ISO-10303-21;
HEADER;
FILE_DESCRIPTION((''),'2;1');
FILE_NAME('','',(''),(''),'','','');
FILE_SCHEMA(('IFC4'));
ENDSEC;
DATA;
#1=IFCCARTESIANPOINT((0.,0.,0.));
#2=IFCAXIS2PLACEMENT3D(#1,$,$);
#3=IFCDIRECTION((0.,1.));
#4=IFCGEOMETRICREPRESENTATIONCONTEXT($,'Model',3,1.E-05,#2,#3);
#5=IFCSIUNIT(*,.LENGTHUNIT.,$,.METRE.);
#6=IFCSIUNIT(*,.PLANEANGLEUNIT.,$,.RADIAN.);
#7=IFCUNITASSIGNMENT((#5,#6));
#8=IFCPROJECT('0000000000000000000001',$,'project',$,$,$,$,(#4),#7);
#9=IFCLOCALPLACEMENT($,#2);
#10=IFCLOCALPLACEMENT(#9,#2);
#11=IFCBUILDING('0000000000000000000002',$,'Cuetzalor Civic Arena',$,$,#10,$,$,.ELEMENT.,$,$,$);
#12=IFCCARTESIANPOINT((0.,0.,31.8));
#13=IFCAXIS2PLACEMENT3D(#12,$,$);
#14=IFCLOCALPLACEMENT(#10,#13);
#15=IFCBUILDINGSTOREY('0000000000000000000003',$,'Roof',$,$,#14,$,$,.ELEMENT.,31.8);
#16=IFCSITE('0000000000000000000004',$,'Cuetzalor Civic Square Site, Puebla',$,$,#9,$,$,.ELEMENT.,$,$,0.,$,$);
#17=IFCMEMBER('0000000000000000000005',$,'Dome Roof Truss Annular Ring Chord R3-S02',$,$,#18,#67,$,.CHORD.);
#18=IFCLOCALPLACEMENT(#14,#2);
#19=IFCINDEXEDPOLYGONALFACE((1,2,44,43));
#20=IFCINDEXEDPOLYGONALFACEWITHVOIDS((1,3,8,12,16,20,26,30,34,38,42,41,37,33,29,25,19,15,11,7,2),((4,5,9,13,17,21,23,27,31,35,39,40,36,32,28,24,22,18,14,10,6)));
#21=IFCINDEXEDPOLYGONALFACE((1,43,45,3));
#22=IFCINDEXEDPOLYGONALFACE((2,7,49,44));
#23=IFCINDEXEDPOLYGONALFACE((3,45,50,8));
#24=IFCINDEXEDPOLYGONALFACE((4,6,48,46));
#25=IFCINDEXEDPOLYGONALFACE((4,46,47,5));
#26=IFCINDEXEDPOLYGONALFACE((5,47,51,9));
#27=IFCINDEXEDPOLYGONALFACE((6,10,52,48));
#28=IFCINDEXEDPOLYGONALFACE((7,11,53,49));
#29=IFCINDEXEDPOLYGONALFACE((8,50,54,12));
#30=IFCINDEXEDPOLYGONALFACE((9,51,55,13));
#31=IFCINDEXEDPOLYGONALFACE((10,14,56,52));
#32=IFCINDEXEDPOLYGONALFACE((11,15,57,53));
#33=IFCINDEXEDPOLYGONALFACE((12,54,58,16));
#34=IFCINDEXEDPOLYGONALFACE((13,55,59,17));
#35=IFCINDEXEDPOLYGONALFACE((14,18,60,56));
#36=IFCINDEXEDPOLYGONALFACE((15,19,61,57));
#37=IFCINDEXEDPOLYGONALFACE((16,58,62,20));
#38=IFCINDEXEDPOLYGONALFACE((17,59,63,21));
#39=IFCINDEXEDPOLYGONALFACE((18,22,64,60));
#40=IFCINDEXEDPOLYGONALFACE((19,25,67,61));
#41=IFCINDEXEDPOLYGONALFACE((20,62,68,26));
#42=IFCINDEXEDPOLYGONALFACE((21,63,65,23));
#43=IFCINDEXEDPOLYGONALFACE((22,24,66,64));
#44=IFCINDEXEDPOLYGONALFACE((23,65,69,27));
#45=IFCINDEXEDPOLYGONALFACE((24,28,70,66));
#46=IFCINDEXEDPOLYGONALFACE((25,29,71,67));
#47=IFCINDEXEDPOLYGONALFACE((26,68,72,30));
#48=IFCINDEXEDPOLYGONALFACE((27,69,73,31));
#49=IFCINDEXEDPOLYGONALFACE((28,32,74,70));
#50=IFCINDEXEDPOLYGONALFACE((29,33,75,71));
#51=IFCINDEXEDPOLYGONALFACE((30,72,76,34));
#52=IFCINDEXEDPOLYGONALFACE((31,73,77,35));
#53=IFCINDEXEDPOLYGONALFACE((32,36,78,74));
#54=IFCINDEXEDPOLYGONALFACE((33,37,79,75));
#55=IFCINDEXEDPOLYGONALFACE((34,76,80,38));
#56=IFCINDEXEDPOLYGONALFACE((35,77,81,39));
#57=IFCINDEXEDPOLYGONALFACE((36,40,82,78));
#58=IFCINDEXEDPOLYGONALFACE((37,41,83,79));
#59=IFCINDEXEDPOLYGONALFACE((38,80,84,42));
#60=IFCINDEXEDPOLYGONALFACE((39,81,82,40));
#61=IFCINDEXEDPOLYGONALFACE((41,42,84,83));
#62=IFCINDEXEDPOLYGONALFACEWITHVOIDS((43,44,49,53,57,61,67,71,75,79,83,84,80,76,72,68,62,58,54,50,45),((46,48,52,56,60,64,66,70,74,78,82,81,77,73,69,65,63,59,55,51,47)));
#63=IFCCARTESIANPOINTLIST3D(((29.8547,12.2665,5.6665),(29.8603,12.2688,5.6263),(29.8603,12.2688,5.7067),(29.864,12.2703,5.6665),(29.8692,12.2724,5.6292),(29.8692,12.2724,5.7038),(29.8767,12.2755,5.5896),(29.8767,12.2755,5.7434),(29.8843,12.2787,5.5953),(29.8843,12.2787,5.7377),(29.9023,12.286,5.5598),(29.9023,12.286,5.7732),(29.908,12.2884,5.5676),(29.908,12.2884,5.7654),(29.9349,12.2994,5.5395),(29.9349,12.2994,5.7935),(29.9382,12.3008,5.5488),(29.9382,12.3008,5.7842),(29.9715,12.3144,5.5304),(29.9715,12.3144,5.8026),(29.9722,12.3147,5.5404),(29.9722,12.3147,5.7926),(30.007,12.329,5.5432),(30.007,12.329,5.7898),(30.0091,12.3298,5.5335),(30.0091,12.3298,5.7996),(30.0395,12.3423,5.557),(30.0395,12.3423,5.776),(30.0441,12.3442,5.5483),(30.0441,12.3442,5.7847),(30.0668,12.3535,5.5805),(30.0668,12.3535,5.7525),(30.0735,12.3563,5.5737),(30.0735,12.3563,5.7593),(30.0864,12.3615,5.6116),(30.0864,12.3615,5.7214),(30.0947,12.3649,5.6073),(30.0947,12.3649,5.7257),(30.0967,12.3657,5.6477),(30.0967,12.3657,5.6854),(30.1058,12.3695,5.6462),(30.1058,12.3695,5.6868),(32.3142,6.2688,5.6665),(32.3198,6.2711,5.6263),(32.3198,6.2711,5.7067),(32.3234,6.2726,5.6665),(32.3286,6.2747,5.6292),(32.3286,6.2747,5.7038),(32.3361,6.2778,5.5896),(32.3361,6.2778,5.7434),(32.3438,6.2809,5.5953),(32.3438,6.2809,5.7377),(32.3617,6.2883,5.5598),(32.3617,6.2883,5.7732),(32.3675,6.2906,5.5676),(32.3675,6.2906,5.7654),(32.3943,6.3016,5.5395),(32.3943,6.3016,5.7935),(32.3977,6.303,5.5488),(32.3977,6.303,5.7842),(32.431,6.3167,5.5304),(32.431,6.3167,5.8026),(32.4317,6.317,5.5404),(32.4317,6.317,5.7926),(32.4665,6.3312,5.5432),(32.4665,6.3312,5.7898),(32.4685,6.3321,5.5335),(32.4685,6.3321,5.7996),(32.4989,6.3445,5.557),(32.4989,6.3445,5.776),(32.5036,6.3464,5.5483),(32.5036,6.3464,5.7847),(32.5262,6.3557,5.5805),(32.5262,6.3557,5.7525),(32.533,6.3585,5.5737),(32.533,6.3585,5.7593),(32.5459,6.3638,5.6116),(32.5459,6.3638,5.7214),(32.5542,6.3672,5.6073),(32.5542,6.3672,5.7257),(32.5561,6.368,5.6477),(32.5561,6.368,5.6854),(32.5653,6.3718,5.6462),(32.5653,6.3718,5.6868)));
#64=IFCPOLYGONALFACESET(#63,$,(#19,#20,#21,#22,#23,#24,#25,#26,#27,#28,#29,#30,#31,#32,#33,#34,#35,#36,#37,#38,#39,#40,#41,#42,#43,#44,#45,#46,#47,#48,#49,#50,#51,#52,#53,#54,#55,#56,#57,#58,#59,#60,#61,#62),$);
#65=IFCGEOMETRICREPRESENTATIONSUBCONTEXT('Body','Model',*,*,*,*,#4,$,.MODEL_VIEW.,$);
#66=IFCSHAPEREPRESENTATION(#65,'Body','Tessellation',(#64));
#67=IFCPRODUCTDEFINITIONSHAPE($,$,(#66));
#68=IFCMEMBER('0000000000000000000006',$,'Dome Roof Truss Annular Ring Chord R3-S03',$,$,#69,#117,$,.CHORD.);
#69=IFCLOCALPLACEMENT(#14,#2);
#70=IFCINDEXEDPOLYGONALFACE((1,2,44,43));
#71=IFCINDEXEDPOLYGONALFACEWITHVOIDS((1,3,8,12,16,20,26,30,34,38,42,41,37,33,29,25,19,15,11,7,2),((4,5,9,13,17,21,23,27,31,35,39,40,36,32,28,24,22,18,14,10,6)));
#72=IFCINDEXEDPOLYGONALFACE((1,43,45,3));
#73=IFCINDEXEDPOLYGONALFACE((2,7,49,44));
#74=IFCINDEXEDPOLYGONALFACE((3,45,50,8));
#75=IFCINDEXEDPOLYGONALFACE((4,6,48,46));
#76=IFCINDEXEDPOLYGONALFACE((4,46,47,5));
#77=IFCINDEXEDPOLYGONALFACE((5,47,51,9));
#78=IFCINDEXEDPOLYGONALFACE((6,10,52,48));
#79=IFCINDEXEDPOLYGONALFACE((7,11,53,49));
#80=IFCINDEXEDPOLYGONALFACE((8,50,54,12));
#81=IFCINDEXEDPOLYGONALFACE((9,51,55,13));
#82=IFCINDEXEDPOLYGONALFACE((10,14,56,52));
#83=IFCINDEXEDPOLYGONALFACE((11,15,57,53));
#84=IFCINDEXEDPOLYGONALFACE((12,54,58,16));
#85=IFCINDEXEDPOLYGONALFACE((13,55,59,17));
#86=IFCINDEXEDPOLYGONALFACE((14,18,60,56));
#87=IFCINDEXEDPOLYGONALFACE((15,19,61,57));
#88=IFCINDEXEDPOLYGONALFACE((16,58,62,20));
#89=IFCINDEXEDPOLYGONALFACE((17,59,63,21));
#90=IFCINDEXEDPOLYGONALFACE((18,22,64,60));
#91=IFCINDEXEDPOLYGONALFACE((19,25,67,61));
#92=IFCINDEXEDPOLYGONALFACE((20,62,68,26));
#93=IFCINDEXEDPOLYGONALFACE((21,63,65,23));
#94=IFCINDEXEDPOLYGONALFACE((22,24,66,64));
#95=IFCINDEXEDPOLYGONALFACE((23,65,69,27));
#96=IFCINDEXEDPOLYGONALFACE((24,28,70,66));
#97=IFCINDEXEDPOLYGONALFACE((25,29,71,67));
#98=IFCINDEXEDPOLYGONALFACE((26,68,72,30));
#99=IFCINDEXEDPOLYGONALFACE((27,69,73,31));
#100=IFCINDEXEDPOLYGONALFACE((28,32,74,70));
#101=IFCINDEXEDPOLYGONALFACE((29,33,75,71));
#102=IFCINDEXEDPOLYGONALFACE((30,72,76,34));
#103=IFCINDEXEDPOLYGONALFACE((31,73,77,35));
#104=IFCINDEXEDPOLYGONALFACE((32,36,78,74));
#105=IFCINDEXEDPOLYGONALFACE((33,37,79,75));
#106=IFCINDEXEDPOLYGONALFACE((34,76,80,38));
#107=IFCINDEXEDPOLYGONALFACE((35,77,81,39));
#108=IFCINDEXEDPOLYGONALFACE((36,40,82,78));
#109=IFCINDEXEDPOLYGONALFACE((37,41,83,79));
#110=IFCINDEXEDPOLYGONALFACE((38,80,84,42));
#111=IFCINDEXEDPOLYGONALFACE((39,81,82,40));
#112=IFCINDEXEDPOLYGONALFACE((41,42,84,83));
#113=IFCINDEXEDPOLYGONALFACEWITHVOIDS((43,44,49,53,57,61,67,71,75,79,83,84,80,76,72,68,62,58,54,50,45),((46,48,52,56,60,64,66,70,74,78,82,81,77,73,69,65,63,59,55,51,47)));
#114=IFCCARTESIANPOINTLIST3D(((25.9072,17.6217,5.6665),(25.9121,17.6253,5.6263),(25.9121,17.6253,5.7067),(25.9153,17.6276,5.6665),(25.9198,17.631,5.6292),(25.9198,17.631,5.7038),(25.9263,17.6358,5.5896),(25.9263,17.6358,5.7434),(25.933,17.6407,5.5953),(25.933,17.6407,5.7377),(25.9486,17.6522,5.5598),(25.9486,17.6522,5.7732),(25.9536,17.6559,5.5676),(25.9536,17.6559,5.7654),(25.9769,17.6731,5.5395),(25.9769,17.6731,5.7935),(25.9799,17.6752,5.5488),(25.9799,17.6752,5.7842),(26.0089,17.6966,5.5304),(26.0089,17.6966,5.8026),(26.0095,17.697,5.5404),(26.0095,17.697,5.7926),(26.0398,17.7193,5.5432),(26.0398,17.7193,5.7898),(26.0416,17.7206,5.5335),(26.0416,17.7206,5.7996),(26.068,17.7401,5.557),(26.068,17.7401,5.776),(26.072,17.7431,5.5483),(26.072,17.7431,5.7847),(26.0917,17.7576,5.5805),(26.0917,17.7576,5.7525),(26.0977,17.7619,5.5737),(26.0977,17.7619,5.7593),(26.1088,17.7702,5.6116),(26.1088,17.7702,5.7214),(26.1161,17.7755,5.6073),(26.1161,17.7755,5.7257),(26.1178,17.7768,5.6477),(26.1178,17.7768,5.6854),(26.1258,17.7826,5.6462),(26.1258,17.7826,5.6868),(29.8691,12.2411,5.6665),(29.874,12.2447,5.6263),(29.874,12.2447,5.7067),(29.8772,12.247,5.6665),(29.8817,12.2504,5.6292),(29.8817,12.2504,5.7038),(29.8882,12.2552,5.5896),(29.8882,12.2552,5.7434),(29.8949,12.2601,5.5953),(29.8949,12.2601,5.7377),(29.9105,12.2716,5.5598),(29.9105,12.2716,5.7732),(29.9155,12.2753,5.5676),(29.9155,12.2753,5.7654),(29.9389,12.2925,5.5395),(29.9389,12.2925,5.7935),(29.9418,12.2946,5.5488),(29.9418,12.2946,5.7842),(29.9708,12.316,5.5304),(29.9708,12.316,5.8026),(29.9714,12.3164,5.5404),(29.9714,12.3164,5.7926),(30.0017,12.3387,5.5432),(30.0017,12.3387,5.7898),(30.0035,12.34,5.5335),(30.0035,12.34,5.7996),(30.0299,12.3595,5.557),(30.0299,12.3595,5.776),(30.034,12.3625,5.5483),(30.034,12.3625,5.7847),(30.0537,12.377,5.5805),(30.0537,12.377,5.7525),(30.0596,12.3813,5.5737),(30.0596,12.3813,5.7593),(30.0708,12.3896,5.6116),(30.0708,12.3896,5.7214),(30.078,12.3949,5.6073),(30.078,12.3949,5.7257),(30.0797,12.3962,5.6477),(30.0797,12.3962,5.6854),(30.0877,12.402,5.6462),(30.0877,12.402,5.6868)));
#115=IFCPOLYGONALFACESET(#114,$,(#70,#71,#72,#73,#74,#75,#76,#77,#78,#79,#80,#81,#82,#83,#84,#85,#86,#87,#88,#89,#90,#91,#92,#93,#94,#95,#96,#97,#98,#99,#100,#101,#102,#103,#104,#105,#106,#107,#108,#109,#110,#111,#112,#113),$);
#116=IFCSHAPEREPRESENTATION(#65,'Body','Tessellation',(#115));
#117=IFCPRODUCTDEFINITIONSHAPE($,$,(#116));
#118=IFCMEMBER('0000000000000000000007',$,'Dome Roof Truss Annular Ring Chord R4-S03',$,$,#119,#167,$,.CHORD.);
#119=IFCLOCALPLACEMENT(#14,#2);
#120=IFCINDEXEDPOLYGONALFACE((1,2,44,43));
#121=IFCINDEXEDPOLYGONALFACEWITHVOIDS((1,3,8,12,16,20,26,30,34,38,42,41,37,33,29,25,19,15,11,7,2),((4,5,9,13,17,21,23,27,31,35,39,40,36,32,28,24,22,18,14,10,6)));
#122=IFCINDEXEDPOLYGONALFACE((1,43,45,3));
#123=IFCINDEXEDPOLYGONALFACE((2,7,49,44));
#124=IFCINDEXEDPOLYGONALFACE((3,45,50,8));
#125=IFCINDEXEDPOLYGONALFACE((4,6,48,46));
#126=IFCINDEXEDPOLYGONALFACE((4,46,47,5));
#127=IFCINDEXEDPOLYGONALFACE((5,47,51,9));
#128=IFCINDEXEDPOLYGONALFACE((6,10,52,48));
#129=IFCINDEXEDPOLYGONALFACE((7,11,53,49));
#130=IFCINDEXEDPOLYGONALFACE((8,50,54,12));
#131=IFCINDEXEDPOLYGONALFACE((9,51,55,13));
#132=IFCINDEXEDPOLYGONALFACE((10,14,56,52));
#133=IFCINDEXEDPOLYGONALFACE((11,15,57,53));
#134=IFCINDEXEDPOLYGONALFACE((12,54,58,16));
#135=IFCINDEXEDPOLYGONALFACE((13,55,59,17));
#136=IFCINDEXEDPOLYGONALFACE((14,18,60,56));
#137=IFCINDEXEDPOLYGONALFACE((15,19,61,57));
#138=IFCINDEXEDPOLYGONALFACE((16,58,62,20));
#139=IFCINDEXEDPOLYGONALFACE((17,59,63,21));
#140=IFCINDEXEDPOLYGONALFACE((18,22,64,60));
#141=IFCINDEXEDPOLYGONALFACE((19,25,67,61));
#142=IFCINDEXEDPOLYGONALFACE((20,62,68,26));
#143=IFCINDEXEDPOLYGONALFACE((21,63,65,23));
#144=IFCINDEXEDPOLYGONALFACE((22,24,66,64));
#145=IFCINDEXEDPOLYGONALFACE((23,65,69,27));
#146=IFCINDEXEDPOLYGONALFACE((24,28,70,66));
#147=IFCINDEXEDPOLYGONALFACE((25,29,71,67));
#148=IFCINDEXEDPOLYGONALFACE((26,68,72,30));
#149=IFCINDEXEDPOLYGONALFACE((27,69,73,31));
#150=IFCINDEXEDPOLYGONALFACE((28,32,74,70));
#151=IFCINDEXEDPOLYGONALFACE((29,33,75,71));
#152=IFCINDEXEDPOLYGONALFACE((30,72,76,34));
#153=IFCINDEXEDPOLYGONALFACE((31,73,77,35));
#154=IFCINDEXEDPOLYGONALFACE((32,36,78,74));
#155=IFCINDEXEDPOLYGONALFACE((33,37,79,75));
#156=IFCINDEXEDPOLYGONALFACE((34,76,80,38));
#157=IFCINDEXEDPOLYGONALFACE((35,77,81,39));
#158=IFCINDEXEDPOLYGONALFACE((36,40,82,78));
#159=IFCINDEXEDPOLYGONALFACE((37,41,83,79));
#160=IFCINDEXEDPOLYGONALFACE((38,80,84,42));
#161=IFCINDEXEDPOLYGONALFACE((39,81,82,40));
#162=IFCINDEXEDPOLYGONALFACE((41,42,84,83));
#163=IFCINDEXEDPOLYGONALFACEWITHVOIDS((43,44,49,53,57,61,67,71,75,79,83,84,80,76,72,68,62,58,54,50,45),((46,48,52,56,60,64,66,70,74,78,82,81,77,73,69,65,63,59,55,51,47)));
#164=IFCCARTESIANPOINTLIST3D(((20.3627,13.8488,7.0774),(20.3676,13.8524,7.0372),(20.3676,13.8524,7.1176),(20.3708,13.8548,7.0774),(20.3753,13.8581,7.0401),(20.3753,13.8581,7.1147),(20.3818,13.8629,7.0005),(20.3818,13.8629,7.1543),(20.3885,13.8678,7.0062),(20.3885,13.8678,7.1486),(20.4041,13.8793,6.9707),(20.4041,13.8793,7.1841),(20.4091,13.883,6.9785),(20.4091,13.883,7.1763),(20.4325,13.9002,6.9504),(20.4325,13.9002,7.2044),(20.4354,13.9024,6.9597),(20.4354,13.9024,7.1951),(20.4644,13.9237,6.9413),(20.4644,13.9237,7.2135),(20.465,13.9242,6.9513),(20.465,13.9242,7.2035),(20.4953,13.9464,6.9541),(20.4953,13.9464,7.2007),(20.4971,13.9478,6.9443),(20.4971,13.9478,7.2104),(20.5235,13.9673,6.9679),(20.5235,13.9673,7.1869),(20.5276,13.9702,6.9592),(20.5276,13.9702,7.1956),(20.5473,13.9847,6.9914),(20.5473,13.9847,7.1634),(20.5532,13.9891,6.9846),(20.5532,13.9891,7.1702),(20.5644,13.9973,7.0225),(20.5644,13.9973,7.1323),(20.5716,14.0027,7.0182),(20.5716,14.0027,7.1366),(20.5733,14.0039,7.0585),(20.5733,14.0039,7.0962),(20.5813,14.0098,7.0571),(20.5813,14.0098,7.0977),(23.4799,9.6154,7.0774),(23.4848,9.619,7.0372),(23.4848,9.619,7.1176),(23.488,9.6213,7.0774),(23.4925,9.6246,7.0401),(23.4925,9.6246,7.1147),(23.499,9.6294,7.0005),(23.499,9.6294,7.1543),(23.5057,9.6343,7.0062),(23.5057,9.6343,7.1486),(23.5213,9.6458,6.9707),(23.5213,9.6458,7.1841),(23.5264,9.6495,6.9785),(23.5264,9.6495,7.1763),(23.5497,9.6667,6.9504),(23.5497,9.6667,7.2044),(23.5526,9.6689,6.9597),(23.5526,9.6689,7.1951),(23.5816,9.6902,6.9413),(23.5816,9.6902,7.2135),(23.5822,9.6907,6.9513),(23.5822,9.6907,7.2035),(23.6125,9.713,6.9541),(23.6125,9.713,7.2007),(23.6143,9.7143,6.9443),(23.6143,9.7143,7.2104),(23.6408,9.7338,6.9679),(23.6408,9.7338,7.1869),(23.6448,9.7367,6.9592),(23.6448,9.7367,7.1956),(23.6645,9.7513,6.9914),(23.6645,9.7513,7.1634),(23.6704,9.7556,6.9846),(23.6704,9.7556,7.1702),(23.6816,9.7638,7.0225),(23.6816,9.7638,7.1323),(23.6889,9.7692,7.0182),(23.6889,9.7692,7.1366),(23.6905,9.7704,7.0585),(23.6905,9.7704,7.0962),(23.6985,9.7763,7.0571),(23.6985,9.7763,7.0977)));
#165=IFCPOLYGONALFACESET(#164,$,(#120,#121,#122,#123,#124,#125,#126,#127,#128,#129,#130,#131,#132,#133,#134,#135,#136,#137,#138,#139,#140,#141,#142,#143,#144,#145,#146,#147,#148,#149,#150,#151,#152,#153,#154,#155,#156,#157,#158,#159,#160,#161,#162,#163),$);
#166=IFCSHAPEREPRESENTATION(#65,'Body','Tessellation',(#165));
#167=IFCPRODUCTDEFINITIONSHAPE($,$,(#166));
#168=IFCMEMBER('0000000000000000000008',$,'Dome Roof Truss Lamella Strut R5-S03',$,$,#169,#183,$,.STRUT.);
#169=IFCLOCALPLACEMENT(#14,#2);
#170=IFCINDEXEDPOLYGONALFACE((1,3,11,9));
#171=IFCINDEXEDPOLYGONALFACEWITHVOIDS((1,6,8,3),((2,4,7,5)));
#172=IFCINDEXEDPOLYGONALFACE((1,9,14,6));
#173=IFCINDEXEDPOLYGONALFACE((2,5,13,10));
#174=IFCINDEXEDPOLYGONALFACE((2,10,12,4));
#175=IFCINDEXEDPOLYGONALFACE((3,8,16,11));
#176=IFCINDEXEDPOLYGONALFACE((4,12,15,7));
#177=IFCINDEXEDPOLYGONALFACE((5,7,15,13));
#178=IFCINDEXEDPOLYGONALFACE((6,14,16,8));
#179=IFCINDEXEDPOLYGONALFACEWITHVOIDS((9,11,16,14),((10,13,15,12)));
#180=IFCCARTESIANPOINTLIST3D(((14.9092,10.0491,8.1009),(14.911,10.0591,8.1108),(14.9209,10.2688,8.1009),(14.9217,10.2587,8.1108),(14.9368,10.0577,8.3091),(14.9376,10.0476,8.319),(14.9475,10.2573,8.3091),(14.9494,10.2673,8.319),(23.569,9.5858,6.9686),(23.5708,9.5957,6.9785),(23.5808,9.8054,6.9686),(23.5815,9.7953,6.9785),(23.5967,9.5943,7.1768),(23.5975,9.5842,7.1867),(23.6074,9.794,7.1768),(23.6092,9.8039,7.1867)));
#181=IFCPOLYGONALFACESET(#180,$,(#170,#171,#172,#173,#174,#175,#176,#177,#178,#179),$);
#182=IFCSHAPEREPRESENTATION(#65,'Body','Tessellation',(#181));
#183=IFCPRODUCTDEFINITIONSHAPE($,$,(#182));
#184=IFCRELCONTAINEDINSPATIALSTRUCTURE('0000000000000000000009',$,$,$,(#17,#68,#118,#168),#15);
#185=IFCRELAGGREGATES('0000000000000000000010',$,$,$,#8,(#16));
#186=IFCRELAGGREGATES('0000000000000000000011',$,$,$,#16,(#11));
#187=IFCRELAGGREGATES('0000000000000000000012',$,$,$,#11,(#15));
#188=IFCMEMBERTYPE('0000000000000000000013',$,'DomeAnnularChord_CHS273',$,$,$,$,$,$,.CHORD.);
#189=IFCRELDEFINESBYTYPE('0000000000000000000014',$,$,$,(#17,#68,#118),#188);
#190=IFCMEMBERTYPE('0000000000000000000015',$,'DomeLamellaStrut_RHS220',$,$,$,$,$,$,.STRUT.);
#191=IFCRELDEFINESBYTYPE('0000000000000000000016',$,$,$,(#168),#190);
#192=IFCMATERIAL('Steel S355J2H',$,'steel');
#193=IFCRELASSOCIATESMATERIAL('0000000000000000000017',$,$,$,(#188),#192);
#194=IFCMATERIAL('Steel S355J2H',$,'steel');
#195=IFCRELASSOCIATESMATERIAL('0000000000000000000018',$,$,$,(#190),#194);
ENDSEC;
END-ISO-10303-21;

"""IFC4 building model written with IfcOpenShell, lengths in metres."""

from ifc_helpers import new_model, si_unit, direction, frame, origin, origin_2d, place, context, subcontext, project, spatial, hollow_rectangle, hollow_circle, extrude, material, material_profile, profile_set, type_object, element, save


model = new_model("IFC4")

# Units and contexts
model_context = context("Model", 3, precision=1e-05, world=origin(), true_north=direction((0.0, 1.0)))
body_context = subcontext(model_context, "Body", "Model", "MODEL_VIEW")
ifc_project = project(units=[si_unit("LENGTHUNIT", "METRE"), si_unit("PLANEANGLEUNIT", "RADIAN")], contexts=[model_context])

# Site, building, storey
site_placement = place(None, origin())
site = spatial("IfcSite", under=ifc_project, at=site_placement, Name="Cuetzalor Civic Square Site, Puebla", CompositionType="ELEMENT", RefElevation=0.0)
building_placement = place(site_placement, origin())
building = spatial("IfcBuilding", under=site, at=building_placement, Name="Cuetzalor Civic Arena", CompositionType="ELEMENT")
storey_placement = place(building_placement, frame((0.0, 0.0, 31.8)))
storey = spatial("IfcBuildingStorey", under=building, at=storey_placement, Name="Roof", CompositionType="ELEMENT", Elevation=31.8)

# Members
ifc_material_1 = material(Name="Steel S355J2H", Category="steel")
ifc_material_profile_1 = material_profile(ifc_material_1, hollow_circle(Radius=0.1365, WallThickness=0.01, at=origin_2d()), Name="CHS 273x10")
ifc_profile_set_1 = profile_set([ifc_material_profile_1], Name="Steel S355J2H")
member_type_1 = type_object("IfcMemberType", Name="DomeAnnularChord_CHS273", PredefinedType="CHORD", material=ifc_profile_set_1)
member_1_placement = place(storey_placement, frame((32.4404, 6.3206, 5.6665), z_axis=(-0.379403, 0.925232, 0.0), x_axis=(-0.925232, -0.379403, 0.0)))
element("IfcMember", 1, at=member_1_placement, inside=storey, type_object=member_type_1, Name="Dome Roof Truss Annular Ring Chord R3-S02", PredefinedType="CHORD", context=body_context, shape_type="SweptSolid", body=[
    extrude(hollow_circle(Radius=0.1365, WallThickness=0.01, at=origin_2d()), origin(), (0.0, 0.0, 1.0), 6.4824),
])
member_2_placement = place(storey_placement, frame((29.979, 12.322, 5.6665), z_axis=(-0.592932, 0.805252, 0.0), x_axis=(-0.805252, -0.592932, 0.0)))
element("IfcMember", 2, at=member_2_placement, inside=storey, type_object=member_type_1, Name="Dome Roof Truss Annular Ring Chord R3-S03", PredefinedType="CHORD", context=body_context, shape_type="SweptSolid", body=[
    extrude(hollow_circle(Radius=0.1365, WallThickness=0.01, at=origin_2d()), origin(), (0.0, 0.0, 1.0), 6.6819),
])
member_3_placement = place(storey_placement, frame((23.5898, 9.6963, 7.0774), z_axis=(-0.592933, 0.805252, 0.0), x_axis=(-0.805252, -0.592933, 0.0)))
element("IfcMember", 3, at=member_3_placement, inside=storey, type_object=member_type_1, Name="Dome Roof Truss Annular Ring Chord R4-S03", PredefinedType="CHORD", context=body_context, shape_type="SweptSolid", body=[
    extrude(hollow_circle(Radius=0.1365, WallThickness=0.01, at=origin_2d()), origin(), (0.0, 0.0, 1.0), 5.2573),
])
ifc_material_2 = material(Name="Steel S355J2H", Category="steel")
ifc_material_profile_2 = material_profile(ifc_material_2, hollow_rectangle(XDim=0.22, YDim=0.22, WallThickness=0.01, at=origin_2d()), Name="RHS 220x220x10")
ifc_profile_set_2 = profile_set([ifc_material_profile_2], Name="Steel S355J2H")
member_type_2 = type_object("IfcMemberType", Name="DomeLamellaStrut_RHS220", PredefinedType="STRUT", material=ifc_profile_set_2)
member_4_placement = place(storey_placement, frame((23.5891, 9.6948, 7.0776), z_axis=(-0.990167, 0.052982, 0.129469), x_axis=(-0.053432, -0.998571, 0.0)))
element("IfcMember", 4, at=member_4_placement, inside=storey, type_object=member_type_2, Name="Dome Roof Truss Lamella Strut R5-S03", PredefinedType="STRUT", context=body_context, shape_type="SweptSolid", body=[
    extrude(hollow_rectangle(XDim=0.22, YDim=0.22, WallThickness=0.01, at=origin_2d()), origin(), (0.0, 0.0, 1.0), 8.7458),
])

save(model, "model.ifc")
